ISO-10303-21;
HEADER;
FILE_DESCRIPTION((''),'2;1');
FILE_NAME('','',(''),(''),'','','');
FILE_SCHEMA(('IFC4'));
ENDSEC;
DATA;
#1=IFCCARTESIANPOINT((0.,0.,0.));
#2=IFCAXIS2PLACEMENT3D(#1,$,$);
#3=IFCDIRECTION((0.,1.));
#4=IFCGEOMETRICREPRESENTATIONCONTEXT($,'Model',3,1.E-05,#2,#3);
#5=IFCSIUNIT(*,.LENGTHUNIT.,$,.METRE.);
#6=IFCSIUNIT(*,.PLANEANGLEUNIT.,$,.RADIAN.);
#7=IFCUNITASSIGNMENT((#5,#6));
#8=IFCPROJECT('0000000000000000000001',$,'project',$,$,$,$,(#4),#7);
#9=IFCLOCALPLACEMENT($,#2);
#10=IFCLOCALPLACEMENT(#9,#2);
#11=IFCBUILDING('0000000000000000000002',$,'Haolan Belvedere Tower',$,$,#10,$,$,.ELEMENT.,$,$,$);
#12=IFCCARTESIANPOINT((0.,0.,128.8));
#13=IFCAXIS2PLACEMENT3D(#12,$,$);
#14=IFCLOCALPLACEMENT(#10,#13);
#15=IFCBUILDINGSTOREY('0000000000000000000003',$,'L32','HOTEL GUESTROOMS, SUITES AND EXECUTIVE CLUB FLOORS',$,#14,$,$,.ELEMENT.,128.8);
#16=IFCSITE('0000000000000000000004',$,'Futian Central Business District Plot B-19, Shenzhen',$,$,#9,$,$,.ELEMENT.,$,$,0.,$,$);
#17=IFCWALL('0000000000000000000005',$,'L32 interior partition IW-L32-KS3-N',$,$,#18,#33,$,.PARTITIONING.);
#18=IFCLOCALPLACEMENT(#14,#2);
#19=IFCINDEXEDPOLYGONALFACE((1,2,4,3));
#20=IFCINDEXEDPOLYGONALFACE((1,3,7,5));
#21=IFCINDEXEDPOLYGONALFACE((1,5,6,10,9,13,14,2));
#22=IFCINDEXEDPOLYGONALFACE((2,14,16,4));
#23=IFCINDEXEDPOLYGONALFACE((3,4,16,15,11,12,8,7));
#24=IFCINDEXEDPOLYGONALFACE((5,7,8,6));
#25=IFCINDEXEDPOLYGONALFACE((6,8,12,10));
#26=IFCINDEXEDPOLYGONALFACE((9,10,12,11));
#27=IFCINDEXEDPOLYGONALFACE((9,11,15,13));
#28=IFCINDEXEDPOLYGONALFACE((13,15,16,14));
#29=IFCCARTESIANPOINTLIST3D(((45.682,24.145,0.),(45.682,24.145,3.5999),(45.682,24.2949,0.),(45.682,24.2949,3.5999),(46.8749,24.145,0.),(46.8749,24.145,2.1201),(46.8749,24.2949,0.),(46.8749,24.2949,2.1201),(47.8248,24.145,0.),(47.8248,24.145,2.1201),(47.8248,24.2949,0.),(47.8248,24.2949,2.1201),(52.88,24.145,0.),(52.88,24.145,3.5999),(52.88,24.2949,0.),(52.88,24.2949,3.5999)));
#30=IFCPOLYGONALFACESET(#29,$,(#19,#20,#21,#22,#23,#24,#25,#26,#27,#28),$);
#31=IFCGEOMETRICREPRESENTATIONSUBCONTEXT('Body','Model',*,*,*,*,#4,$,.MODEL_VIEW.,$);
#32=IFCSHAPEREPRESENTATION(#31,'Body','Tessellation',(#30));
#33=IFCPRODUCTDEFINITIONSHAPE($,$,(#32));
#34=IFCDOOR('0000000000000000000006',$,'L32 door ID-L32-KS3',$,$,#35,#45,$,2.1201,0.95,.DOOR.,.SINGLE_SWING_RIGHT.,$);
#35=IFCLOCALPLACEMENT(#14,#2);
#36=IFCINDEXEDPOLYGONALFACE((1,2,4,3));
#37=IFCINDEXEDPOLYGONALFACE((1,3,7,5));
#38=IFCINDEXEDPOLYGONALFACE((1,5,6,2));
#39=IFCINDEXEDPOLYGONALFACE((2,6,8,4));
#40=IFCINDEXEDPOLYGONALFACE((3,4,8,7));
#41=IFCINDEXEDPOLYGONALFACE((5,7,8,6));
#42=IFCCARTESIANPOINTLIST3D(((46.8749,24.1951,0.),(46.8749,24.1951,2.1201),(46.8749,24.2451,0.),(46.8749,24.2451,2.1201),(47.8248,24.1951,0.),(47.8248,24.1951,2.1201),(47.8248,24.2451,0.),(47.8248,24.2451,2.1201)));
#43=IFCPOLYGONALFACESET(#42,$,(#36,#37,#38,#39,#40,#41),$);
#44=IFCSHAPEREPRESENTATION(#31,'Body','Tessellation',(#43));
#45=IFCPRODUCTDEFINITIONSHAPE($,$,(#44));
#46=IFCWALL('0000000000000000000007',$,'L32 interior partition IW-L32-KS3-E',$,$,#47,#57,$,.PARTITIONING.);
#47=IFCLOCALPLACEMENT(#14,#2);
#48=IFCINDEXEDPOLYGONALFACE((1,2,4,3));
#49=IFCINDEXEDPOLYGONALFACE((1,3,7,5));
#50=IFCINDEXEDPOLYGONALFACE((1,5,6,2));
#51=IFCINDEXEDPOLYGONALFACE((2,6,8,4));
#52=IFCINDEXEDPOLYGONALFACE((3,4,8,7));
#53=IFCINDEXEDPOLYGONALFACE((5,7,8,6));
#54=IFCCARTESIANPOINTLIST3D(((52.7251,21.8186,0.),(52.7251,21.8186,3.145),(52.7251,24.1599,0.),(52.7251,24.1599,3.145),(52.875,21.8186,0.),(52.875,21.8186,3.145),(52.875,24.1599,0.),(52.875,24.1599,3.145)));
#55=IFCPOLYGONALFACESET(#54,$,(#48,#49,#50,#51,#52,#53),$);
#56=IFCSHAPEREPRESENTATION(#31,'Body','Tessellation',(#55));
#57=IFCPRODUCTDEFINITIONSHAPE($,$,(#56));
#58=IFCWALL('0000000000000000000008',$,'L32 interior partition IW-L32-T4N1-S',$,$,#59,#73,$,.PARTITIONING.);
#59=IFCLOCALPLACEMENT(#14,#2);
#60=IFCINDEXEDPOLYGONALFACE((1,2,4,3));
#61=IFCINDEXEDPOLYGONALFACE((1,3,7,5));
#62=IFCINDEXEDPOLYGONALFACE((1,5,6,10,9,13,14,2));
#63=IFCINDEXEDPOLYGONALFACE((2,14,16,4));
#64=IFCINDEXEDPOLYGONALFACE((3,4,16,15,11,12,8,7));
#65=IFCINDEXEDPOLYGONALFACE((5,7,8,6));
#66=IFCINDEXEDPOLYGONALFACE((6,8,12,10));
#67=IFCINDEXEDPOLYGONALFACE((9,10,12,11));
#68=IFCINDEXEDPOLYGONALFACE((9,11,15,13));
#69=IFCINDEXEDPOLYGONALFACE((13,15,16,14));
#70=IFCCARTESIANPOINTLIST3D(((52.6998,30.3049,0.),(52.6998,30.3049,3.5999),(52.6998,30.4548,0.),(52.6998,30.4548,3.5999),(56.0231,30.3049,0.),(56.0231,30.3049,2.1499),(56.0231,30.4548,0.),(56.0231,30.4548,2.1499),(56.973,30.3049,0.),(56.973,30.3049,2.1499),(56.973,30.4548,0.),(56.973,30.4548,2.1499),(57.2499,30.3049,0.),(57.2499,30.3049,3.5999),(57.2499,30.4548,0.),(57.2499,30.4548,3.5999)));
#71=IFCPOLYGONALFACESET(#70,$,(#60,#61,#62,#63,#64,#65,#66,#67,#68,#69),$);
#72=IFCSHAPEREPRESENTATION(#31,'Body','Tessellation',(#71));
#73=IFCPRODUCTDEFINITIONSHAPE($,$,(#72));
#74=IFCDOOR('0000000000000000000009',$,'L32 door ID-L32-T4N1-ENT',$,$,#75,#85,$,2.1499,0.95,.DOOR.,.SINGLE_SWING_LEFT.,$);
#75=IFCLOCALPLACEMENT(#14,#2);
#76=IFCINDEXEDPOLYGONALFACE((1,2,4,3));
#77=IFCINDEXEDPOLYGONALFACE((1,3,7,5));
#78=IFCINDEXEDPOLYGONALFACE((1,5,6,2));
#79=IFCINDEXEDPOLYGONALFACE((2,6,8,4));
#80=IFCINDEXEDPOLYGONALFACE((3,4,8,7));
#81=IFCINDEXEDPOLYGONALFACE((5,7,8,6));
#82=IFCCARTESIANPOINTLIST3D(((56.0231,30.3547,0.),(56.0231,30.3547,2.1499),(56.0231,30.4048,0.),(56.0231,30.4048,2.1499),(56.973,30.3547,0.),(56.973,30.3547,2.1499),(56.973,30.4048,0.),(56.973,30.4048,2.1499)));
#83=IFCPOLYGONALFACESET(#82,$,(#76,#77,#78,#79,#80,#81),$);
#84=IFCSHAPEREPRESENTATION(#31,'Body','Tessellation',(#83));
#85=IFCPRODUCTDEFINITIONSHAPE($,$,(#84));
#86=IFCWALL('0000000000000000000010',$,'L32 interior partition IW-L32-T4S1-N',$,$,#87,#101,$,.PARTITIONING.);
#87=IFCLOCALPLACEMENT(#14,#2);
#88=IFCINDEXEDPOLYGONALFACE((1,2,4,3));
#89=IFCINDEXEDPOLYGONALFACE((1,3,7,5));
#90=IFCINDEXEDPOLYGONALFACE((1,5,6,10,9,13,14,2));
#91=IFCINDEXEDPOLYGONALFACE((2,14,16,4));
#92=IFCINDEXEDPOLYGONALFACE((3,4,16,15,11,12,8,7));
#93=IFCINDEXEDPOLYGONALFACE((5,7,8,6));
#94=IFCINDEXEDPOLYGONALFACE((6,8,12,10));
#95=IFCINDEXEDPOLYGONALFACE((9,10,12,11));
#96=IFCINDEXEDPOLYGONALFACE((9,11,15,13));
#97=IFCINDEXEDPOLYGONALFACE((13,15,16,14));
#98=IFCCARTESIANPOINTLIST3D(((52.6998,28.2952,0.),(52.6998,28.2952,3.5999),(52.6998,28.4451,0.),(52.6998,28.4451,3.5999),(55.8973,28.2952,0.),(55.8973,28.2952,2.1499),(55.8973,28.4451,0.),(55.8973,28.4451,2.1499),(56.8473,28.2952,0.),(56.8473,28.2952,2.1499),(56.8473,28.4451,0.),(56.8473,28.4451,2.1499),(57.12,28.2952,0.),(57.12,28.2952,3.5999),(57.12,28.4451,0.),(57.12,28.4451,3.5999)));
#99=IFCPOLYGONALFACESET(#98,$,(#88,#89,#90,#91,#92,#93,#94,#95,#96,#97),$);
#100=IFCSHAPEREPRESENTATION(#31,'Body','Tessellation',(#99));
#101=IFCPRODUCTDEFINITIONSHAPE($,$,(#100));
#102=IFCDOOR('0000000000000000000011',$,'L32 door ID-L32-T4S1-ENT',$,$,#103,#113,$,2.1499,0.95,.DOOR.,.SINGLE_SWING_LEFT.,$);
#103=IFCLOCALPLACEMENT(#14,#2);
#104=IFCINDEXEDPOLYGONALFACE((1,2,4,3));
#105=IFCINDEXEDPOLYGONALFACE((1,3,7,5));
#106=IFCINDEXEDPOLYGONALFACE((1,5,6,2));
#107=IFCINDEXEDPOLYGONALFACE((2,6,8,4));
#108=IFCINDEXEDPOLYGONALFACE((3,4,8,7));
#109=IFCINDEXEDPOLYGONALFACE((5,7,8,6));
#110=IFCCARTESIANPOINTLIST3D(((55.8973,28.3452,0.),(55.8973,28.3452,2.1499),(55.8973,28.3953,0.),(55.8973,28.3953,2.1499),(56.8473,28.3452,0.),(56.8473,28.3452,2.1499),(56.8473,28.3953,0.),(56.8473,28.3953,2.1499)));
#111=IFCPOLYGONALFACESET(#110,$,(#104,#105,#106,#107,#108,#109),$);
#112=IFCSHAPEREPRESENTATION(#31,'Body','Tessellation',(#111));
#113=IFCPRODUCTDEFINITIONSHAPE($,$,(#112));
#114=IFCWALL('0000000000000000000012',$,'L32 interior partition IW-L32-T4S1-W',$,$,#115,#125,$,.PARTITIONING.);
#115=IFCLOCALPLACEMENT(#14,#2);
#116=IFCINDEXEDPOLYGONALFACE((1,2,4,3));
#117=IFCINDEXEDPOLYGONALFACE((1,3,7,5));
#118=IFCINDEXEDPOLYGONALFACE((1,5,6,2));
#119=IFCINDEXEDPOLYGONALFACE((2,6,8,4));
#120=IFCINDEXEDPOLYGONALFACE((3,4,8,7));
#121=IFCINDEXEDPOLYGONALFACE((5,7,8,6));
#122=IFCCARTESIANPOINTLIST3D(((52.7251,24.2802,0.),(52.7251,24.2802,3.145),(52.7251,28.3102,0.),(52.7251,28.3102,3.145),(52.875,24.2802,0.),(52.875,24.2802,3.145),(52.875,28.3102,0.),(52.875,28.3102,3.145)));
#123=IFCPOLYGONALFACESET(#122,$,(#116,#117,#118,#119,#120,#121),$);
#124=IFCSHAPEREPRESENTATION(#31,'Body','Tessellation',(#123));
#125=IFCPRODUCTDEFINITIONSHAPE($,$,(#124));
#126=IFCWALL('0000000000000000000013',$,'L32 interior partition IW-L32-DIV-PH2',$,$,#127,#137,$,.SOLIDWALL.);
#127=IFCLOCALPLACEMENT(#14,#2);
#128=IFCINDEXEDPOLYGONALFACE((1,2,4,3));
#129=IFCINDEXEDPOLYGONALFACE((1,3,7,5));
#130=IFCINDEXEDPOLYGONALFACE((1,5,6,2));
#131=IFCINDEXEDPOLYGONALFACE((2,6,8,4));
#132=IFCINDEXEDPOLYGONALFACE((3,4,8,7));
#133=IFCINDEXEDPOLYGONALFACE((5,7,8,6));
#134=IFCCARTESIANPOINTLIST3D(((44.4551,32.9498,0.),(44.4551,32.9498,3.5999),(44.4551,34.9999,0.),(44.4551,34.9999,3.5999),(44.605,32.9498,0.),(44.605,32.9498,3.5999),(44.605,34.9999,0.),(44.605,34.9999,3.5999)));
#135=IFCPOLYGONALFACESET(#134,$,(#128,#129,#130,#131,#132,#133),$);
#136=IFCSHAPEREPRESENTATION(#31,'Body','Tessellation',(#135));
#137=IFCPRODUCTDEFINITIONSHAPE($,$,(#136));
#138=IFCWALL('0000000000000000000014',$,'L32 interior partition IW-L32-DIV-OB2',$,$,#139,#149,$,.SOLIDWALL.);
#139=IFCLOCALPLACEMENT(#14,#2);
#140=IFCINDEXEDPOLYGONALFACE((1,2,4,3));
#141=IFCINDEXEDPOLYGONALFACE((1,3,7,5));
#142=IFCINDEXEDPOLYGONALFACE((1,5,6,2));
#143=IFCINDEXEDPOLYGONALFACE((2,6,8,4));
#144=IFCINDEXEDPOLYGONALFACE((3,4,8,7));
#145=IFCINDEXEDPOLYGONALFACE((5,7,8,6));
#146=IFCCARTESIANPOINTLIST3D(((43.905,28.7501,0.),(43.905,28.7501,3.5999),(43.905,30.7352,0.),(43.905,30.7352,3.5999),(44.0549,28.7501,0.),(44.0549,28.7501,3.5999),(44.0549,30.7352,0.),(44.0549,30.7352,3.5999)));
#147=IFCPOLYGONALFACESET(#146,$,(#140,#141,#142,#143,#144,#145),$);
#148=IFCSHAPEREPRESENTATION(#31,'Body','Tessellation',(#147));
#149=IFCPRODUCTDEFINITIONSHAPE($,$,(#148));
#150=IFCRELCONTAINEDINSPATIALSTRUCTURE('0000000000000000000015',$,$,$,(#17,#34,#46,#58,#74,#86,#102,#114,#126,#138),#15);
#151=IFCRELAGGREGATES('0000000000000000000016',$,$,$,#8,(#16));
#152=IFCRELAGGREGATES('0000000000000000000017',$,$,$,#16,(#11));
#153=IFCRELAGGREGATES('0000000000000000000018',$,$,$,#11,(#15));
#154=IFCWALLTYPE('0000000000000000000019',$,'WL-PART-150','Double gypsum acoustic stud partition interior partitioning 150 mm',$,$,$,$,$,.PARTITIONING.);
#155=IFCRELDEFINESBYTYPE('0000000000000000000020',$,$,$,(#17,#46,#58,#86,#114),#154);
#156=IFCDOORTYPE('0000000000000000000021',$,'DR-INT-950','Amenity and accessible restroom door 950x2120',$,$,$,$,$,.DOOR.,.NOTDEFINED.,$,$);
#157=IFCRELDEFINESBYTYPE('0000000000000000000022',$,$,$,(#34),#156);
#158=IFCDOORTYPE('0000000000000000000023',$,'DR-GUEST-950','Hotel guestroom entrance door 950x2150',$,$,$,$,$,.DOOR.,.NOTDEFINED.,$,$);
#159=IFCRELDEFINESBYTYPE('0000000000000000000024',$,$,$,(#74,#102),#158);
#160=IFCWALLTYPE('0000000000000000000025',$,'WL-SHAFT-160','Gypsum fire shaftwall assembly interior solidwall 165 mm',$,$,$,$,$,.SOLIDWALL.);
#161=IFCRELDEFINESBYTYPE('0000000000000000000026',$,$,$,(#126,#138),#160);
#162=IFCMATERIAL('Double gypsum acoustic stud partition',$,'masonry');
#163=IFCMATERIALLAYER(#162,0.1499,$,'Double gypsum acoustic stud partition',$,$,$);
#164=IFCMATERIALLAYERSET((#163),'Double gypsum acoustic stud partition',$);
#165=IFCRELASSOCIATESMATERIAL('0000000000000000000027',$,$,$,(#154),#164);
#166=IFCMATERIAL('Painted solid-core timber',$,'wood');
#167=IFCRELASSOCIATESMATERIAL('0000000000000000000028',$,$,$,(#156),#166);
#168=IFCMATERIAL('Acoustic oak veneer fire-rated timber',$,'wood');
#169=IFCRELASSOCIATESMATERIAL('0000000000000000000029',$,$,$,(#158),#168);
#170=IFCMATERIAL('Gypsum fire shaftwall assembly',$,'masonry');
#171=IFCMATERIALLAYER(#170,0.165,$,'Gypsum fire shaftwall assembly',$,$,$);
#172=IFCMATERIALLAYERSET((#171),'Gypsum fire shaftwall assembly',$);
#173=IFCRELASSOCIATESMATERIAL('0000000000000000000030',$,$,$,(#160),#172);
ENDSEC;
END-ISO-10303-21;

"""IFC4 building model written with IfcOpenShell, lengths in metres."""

from ifc_helpers import new_model, si_unit, direction, frame, frame_2d, origin, place, context, subcontext, project, spatial, rectangle, extrude, material, layer, layer_set, type_object, element, fill, save


model = new_model("IFC4")

# Units and contexts
model_context = context("Model", 3, precision=1e-05, world=origin(), true_north=direction((0.0, 1.0)))
body_context = subcontext(model_context, "Body", "Model", "MODEL_VIEW")
ifc_project = project(units=[si_unit("LENGTHUNIT", "METRE"), si_unit("PLANEANGLEUNIT", "RADIAN")], contexts=[model_context])

# Site, building, storey
site_placement = place(None, origin())
site = spatial("IfcSite", under=ifc_project, at=site_placement, Name="Futian Central Business District Plot B-19, Shenzhen", CompositionType="ELEMENT", RefElevation=0.0)
building_placement = place(site_placement, origin())
building = spatial("IfcBuilding", under=site, at=building_placement, Name="Haolan Belvedere Tower", CompositionType="ELEMENT")
storey_placement = place(building_placement, frame((0.0, 0.0, 128.8)))
storey = spatial("IfcBuildingStorey", under=building, at=storey_placement, Name="L32", Description="HOTEL GUESTROOMS, SUITES AND EXECUTIVE CLUB FLOORS", CompositionType="ELEMENT", Elevation=128.8)

# Shared definitions
ifc_material_1 = material(Name="Double gypsum acoustic stud partition", Category="masonry")
ifc_layer_1 = layer(ifc_material_1, 0.1499, Name="Double gypsum acoustic stud partition")
ifc_layer_set_1 = layer_set([ifc_layer_1], Name="Double gypsum acoustic stud partition")
wall_type_1 = type_object("IfcWallType", Name="WL-PART-150", Description="Double gypsum acoustic stud partition interior partitioning 150 mm", PredefinedType="PARTITIONING", material=ifc_layer_set_1)

# Wall, opening, door
wall_1_placement = place(storey_placement, frame((45.6819, 24.22, 0.0), z_axis=(0.0, 0.0, 1.0), x_axis=(1.0, 0.0, 0.0)))
wall_1 = element("IfcWall", 1, at=wall_1_placement, inside=storey, type_object=wall_type_1, Name="L32 interior partition IW-L32-KS3-N", PredefinedType="PARTITIONING", context=body_context, shape_type="SweptSolid", body=[
    extrude(rectangle(XDim=7.198, YDim=0.1499, at=frame_2d((3.5991, 0.0))), origin(), (0.0, 0.0, 1.0), 3.5999),
])
opening_1_placement = place(wall_1_placement, frame((2.1431, 0.0, 0.0), z_axis=(0.0, 0.0, 1.0), x_axis=(-1.0, 0.0, 0.0)))
opening_1 = element("IfcOpeningElement", 2, at=opening_1_placement, cuts=wall_1, PredefinedType="OPENING", context=body_context, shape_type="SweptSolid", body=[
    extrude(rectangle(XDim=0.95, YDim=2.1201, at=frame_2d((0.4751, 1.0601))), frame((0.0, 0.085, 0.0), z_axis=(0.0, -1.0, 0.0), x_axis=(1.0, 0.0, 0.0)), (0.0, 0.0, 1.0), 0.1699),
])
ifc_material_2 = material(Name="Painted solid-core timber", Category="wood")
door_type_1 = type_object("IfcDoorType", Name="DR-INT-950", Description="Amenity and accessible restroom door 950x2120", OperationType="NOTDEFINED", PredefinedType="DOOR", material=ifc_material_2)
door_1_placement = place(opening_1_placement, origin())
door_1 = element("IfcDoor", 3, at=door_1_placement, inside=storey, type_object=door_type_1, Name="L32 door ID-L32-KS3", OperationType="SINGLE_SWING_RIGHT", OverallHeight=2.1201, OverallWidth=0.95, PredefinedType="DOOR", context=body_context, shape_type="SweptSolid", body=[
    extrude(rectangle(XDim=0.95, YDim=2.1201, at=frame_2d((0.4751, 1.0601))), frame((0.0, 0.0249, 0.0), z_axis=(0.0, -1.0, 0.0), x_axis=(1.0, 0.0, 0.0)), (0.0, 0.0, 1.0), 0.05),
])
fill(opening_1, door_1)

# Wall
wall_2_placement = place(storey_placement, frame((52.8, 21.8186, 0.0), z_axis=(0.0, 0.0, 1.0), x_axis=(0.0, 1.0, 0.0)))
element("IfcWall", 4, at=wall_2_placement, inside=storey, type_object=wall_type_1, Name="L32 interior partition IW-L32-KS3-E", PredefinedType="PARTITIONING", context=body_context, shape_type="SweptSolid", body=[
    extrude(rectangle(XDim=2.3413, YDim=0.1499, at=frame_2d((1.1707, 0.0))), origin(), (0.0, 0.0, 1.0), 3.145),
])

# Walls, openings, doors
wall_3_placement = place(storey_placement, frame((52.7, 30.3799, 0.0), z_axis=(0.0, 0.0, 1.0), x_axis=(1.0, 0.0, 0.0)))
wall_3 = element("IfcWall", 5, at=wall_3_placement, inside=storey, type_object=wall_type_1, Name="L32 interior partition IW-L32-T4N1-S", PredefinedType="PARTITIONING", context=body_context, shape_type="SweptSolid", body=[
    extrude(rectangle(XDim=4.55, YDim=0.1499, at=frame_2d((2.2749, 0.0))), origin(), (0.0, 0.0, 1.0), 3.5999),
])
opening_2_placement = place(wall_3_placement, frame((3.323, 0.0, 0.0)))
opening_2 = element("IfcOpeningElement", 6, at=opening_2_placement, cuts=wall_3, PredefinedType="OPENING", context=body_context, shape_type="SweptSolid", body=[
    extrude(rectangle(XDim=0.95, YDim=2.1499, at=frame_2d((0.4751, 1.075))), frame((0.0, 0.085, 0.0), z_axis=(0.0, -1.0, 0.0), x_axis=(1.0, 0.0, 0.0)), (0.0, 0.0, 1.0), 0.1699),
])
ifc_material_3 = material(Name="Acoustic oak veneer fire-rated timber", Category="wood")
door_type_2 = type_object("IfcDoorType", Name="DR-GUEST-950", Description="Hotel guestroom entrance door 950x2150", OperationType="NOTDEFINED", PredefinedType="DOOR", material=ifc_material_3)
door_2_placement = place(opening_2_placement, origin())
door_2 = element("IfcDoor", 7, at=door_2_placement, inside=storey, type_object=door_type_2, Name="L32 door ID-L32-T4N1-ENT", OperationType="SINGLE_SWING_LEFT", OverallHeight=2.1499, OverallWidth=0.95, PredefinedType="DOOR", context=body_context, shape_type="SweptSolid", body=[
    extrude(rectangle(XDim=0.95, YDim=2.1499, at=frame_2d((0.4751, 1.075))), frame((0.0, 0.0249, 0.0), z_axis=(0.0, -1.0, 0.0), x_axis=(1.0, 0.0, 0.0)), (0.0, 0.0, 1.0), 0.05),
])
fill(opening_2, door_2)
wall_4_placement = place(storey_placement, frame((52.7, 28.3701, 0.0), z_axis=(0.0, 0.0, 1.0), x_axis=(1.0, 0.0, 0.0)))
wall_4 = element("IfcWall", 8, at=wall_4_placement, inside=storey, type_object=wall_type_1, Name="L32 interior partition IW-L32-T4S1-N", PredefinedType="PARTITIONING", context=body_context, shape_type="SweptSolid", body=[
    extrude(rectangle(XDim=4.4202, YDim=0.1499, at=frame_2d((2.21, 0.0))), origin(), (0.0, 0.0, 1.0), 3.5999),
])
opening_3_placement = place(wall_4_placement, frame((4.1475, 0.0, 0.0), z_axis=(0.0, 0.0, 1.0), x_axis=(-1.0, 0.0, 0.0)))
opening_3 = element("IfcOpeningElement", 9, at=opening_3_placement, cuts=wall_4, PredefinedType="OPENING", context=body_context, shape_type="SweptSolid", body=[
    extrude(rectangle(XDim=0.95, YDim=2.1499, at=frame_2d((0.4751, 1.075))), frame((0.0, 0.085, 0.0), z_axis=(0.0, -1.0, 0.0), x_axis=(1.0, 0.0, 0.0)), (0.0, 0.0, 1.0), 0.1699),
])
door_3_placement = place(opening_3_placement, origin())
door_3 = element("IfcDoor", 10, at=door_3_placement, inside=storey, type_object=door_type_2, Name="L32 door ID-L32-T4S1-ENT", OperationType="SINGLE_SWING_LEFT", OverallHeight=2.1499, OverallWidth=0.95, PredefinedType="DOOR", context=body_context, shape_type="SweptSolid", body=[
    extrude(rectangle(XDim=0.95, YDim=2.1499, at=frame_2d((0.4751, 1.075))), frame((0.0, 0.0249, 0.0), z_axis=(0.0, -1.0, 0.0), x_axis=(1.0, 0.0, 0.0)), (0.0, 0.0, 1.0), 0.05),
])
fill(opening_3, door_3)

# Walls
wall_5_placement = place(storey_placement, frame((52.8, 24.28, 0.0), z_axis=(0.0, 0.0, 1.0), x_axis=(0.0, 1.0, 0.0)))
element("IfcWall", 11, at=wall_5_placement, inside=storey, type_object=wall_type_1, Name="L32 interior partition IW-L32-T4S1-W", PredefinedType="PARTITIONING", context=body_context, shape_type="SweptSolid", body=[
    extrude(rectangle(XDim=4.03, YDim=0.1499, at=frame_2d((2.0151, 0.0))), origin(), (0.0, 0.0, 1.0), 3.145),
])
ifc_material_4 = material(Name="Gypsum fire shaftwall assembly", Category="masonry")
ifc_layer_2 = layer(ifc_material_4, 0.165, Name="Gypsum fire shaftwall assembly")
ifc_layer_set_2 = layer_set([ifc_layer_2], Name="Gypsum fire shaftwall assembly")
wall_type_2 = type_object("IfcWallType", Name="WL-SHAFT-160", Description="Gypsum fire shaftwall assembly interior solidwall 165 mm", PredefinedType="SOLIDWALL", material=ifc_layer_set_2)
wall_6_placement = place(storey_placement, frame((44.53, 32.95, 0.0), z_axis=(0.0, 0.0, 1.0), x_axis=(0.0, 1.0, 0.0)))
element("IfcWall", 12, at=wall_6_placement, inside=storey, type_object=wall_type_2, Name="L32 interior partition IW-L32-DIV-PH2", PredefinedType="SOLIDWALL", context=body_context, shape_type="SweptSolid", body=[
    extrude(rectangle(XDim=2.05, YDim=0.1499, at=frame_2d((1.0249, 0.0))), origin(), (0.0, 0.0, 1.0), 3.5999),
])
wall_7_placement = place(storey_placement, frame((43.98, 28.75, 0.0), z_axis=(0.0, 0.0, 1.0), x_axis=(0.0, 1.0, 0.0)))
element("IfcWall", 13, at=wall_7_placement, inside=storey, type_object=wall_type_2, Name="L32 interior partition IW-L32-DIV-OB2", PredefinedType="SOLIDWALL", context=body_context, shape_type="SweptSolid", body=[
    extrude(rectangle(XDim=1.9851, YDim=0.1499, at=frame_2d((0.9927, 0.0))), origin(), (0.0, 0.0, 1.0), 3.5999),
])

save(model, "model.ifc")
